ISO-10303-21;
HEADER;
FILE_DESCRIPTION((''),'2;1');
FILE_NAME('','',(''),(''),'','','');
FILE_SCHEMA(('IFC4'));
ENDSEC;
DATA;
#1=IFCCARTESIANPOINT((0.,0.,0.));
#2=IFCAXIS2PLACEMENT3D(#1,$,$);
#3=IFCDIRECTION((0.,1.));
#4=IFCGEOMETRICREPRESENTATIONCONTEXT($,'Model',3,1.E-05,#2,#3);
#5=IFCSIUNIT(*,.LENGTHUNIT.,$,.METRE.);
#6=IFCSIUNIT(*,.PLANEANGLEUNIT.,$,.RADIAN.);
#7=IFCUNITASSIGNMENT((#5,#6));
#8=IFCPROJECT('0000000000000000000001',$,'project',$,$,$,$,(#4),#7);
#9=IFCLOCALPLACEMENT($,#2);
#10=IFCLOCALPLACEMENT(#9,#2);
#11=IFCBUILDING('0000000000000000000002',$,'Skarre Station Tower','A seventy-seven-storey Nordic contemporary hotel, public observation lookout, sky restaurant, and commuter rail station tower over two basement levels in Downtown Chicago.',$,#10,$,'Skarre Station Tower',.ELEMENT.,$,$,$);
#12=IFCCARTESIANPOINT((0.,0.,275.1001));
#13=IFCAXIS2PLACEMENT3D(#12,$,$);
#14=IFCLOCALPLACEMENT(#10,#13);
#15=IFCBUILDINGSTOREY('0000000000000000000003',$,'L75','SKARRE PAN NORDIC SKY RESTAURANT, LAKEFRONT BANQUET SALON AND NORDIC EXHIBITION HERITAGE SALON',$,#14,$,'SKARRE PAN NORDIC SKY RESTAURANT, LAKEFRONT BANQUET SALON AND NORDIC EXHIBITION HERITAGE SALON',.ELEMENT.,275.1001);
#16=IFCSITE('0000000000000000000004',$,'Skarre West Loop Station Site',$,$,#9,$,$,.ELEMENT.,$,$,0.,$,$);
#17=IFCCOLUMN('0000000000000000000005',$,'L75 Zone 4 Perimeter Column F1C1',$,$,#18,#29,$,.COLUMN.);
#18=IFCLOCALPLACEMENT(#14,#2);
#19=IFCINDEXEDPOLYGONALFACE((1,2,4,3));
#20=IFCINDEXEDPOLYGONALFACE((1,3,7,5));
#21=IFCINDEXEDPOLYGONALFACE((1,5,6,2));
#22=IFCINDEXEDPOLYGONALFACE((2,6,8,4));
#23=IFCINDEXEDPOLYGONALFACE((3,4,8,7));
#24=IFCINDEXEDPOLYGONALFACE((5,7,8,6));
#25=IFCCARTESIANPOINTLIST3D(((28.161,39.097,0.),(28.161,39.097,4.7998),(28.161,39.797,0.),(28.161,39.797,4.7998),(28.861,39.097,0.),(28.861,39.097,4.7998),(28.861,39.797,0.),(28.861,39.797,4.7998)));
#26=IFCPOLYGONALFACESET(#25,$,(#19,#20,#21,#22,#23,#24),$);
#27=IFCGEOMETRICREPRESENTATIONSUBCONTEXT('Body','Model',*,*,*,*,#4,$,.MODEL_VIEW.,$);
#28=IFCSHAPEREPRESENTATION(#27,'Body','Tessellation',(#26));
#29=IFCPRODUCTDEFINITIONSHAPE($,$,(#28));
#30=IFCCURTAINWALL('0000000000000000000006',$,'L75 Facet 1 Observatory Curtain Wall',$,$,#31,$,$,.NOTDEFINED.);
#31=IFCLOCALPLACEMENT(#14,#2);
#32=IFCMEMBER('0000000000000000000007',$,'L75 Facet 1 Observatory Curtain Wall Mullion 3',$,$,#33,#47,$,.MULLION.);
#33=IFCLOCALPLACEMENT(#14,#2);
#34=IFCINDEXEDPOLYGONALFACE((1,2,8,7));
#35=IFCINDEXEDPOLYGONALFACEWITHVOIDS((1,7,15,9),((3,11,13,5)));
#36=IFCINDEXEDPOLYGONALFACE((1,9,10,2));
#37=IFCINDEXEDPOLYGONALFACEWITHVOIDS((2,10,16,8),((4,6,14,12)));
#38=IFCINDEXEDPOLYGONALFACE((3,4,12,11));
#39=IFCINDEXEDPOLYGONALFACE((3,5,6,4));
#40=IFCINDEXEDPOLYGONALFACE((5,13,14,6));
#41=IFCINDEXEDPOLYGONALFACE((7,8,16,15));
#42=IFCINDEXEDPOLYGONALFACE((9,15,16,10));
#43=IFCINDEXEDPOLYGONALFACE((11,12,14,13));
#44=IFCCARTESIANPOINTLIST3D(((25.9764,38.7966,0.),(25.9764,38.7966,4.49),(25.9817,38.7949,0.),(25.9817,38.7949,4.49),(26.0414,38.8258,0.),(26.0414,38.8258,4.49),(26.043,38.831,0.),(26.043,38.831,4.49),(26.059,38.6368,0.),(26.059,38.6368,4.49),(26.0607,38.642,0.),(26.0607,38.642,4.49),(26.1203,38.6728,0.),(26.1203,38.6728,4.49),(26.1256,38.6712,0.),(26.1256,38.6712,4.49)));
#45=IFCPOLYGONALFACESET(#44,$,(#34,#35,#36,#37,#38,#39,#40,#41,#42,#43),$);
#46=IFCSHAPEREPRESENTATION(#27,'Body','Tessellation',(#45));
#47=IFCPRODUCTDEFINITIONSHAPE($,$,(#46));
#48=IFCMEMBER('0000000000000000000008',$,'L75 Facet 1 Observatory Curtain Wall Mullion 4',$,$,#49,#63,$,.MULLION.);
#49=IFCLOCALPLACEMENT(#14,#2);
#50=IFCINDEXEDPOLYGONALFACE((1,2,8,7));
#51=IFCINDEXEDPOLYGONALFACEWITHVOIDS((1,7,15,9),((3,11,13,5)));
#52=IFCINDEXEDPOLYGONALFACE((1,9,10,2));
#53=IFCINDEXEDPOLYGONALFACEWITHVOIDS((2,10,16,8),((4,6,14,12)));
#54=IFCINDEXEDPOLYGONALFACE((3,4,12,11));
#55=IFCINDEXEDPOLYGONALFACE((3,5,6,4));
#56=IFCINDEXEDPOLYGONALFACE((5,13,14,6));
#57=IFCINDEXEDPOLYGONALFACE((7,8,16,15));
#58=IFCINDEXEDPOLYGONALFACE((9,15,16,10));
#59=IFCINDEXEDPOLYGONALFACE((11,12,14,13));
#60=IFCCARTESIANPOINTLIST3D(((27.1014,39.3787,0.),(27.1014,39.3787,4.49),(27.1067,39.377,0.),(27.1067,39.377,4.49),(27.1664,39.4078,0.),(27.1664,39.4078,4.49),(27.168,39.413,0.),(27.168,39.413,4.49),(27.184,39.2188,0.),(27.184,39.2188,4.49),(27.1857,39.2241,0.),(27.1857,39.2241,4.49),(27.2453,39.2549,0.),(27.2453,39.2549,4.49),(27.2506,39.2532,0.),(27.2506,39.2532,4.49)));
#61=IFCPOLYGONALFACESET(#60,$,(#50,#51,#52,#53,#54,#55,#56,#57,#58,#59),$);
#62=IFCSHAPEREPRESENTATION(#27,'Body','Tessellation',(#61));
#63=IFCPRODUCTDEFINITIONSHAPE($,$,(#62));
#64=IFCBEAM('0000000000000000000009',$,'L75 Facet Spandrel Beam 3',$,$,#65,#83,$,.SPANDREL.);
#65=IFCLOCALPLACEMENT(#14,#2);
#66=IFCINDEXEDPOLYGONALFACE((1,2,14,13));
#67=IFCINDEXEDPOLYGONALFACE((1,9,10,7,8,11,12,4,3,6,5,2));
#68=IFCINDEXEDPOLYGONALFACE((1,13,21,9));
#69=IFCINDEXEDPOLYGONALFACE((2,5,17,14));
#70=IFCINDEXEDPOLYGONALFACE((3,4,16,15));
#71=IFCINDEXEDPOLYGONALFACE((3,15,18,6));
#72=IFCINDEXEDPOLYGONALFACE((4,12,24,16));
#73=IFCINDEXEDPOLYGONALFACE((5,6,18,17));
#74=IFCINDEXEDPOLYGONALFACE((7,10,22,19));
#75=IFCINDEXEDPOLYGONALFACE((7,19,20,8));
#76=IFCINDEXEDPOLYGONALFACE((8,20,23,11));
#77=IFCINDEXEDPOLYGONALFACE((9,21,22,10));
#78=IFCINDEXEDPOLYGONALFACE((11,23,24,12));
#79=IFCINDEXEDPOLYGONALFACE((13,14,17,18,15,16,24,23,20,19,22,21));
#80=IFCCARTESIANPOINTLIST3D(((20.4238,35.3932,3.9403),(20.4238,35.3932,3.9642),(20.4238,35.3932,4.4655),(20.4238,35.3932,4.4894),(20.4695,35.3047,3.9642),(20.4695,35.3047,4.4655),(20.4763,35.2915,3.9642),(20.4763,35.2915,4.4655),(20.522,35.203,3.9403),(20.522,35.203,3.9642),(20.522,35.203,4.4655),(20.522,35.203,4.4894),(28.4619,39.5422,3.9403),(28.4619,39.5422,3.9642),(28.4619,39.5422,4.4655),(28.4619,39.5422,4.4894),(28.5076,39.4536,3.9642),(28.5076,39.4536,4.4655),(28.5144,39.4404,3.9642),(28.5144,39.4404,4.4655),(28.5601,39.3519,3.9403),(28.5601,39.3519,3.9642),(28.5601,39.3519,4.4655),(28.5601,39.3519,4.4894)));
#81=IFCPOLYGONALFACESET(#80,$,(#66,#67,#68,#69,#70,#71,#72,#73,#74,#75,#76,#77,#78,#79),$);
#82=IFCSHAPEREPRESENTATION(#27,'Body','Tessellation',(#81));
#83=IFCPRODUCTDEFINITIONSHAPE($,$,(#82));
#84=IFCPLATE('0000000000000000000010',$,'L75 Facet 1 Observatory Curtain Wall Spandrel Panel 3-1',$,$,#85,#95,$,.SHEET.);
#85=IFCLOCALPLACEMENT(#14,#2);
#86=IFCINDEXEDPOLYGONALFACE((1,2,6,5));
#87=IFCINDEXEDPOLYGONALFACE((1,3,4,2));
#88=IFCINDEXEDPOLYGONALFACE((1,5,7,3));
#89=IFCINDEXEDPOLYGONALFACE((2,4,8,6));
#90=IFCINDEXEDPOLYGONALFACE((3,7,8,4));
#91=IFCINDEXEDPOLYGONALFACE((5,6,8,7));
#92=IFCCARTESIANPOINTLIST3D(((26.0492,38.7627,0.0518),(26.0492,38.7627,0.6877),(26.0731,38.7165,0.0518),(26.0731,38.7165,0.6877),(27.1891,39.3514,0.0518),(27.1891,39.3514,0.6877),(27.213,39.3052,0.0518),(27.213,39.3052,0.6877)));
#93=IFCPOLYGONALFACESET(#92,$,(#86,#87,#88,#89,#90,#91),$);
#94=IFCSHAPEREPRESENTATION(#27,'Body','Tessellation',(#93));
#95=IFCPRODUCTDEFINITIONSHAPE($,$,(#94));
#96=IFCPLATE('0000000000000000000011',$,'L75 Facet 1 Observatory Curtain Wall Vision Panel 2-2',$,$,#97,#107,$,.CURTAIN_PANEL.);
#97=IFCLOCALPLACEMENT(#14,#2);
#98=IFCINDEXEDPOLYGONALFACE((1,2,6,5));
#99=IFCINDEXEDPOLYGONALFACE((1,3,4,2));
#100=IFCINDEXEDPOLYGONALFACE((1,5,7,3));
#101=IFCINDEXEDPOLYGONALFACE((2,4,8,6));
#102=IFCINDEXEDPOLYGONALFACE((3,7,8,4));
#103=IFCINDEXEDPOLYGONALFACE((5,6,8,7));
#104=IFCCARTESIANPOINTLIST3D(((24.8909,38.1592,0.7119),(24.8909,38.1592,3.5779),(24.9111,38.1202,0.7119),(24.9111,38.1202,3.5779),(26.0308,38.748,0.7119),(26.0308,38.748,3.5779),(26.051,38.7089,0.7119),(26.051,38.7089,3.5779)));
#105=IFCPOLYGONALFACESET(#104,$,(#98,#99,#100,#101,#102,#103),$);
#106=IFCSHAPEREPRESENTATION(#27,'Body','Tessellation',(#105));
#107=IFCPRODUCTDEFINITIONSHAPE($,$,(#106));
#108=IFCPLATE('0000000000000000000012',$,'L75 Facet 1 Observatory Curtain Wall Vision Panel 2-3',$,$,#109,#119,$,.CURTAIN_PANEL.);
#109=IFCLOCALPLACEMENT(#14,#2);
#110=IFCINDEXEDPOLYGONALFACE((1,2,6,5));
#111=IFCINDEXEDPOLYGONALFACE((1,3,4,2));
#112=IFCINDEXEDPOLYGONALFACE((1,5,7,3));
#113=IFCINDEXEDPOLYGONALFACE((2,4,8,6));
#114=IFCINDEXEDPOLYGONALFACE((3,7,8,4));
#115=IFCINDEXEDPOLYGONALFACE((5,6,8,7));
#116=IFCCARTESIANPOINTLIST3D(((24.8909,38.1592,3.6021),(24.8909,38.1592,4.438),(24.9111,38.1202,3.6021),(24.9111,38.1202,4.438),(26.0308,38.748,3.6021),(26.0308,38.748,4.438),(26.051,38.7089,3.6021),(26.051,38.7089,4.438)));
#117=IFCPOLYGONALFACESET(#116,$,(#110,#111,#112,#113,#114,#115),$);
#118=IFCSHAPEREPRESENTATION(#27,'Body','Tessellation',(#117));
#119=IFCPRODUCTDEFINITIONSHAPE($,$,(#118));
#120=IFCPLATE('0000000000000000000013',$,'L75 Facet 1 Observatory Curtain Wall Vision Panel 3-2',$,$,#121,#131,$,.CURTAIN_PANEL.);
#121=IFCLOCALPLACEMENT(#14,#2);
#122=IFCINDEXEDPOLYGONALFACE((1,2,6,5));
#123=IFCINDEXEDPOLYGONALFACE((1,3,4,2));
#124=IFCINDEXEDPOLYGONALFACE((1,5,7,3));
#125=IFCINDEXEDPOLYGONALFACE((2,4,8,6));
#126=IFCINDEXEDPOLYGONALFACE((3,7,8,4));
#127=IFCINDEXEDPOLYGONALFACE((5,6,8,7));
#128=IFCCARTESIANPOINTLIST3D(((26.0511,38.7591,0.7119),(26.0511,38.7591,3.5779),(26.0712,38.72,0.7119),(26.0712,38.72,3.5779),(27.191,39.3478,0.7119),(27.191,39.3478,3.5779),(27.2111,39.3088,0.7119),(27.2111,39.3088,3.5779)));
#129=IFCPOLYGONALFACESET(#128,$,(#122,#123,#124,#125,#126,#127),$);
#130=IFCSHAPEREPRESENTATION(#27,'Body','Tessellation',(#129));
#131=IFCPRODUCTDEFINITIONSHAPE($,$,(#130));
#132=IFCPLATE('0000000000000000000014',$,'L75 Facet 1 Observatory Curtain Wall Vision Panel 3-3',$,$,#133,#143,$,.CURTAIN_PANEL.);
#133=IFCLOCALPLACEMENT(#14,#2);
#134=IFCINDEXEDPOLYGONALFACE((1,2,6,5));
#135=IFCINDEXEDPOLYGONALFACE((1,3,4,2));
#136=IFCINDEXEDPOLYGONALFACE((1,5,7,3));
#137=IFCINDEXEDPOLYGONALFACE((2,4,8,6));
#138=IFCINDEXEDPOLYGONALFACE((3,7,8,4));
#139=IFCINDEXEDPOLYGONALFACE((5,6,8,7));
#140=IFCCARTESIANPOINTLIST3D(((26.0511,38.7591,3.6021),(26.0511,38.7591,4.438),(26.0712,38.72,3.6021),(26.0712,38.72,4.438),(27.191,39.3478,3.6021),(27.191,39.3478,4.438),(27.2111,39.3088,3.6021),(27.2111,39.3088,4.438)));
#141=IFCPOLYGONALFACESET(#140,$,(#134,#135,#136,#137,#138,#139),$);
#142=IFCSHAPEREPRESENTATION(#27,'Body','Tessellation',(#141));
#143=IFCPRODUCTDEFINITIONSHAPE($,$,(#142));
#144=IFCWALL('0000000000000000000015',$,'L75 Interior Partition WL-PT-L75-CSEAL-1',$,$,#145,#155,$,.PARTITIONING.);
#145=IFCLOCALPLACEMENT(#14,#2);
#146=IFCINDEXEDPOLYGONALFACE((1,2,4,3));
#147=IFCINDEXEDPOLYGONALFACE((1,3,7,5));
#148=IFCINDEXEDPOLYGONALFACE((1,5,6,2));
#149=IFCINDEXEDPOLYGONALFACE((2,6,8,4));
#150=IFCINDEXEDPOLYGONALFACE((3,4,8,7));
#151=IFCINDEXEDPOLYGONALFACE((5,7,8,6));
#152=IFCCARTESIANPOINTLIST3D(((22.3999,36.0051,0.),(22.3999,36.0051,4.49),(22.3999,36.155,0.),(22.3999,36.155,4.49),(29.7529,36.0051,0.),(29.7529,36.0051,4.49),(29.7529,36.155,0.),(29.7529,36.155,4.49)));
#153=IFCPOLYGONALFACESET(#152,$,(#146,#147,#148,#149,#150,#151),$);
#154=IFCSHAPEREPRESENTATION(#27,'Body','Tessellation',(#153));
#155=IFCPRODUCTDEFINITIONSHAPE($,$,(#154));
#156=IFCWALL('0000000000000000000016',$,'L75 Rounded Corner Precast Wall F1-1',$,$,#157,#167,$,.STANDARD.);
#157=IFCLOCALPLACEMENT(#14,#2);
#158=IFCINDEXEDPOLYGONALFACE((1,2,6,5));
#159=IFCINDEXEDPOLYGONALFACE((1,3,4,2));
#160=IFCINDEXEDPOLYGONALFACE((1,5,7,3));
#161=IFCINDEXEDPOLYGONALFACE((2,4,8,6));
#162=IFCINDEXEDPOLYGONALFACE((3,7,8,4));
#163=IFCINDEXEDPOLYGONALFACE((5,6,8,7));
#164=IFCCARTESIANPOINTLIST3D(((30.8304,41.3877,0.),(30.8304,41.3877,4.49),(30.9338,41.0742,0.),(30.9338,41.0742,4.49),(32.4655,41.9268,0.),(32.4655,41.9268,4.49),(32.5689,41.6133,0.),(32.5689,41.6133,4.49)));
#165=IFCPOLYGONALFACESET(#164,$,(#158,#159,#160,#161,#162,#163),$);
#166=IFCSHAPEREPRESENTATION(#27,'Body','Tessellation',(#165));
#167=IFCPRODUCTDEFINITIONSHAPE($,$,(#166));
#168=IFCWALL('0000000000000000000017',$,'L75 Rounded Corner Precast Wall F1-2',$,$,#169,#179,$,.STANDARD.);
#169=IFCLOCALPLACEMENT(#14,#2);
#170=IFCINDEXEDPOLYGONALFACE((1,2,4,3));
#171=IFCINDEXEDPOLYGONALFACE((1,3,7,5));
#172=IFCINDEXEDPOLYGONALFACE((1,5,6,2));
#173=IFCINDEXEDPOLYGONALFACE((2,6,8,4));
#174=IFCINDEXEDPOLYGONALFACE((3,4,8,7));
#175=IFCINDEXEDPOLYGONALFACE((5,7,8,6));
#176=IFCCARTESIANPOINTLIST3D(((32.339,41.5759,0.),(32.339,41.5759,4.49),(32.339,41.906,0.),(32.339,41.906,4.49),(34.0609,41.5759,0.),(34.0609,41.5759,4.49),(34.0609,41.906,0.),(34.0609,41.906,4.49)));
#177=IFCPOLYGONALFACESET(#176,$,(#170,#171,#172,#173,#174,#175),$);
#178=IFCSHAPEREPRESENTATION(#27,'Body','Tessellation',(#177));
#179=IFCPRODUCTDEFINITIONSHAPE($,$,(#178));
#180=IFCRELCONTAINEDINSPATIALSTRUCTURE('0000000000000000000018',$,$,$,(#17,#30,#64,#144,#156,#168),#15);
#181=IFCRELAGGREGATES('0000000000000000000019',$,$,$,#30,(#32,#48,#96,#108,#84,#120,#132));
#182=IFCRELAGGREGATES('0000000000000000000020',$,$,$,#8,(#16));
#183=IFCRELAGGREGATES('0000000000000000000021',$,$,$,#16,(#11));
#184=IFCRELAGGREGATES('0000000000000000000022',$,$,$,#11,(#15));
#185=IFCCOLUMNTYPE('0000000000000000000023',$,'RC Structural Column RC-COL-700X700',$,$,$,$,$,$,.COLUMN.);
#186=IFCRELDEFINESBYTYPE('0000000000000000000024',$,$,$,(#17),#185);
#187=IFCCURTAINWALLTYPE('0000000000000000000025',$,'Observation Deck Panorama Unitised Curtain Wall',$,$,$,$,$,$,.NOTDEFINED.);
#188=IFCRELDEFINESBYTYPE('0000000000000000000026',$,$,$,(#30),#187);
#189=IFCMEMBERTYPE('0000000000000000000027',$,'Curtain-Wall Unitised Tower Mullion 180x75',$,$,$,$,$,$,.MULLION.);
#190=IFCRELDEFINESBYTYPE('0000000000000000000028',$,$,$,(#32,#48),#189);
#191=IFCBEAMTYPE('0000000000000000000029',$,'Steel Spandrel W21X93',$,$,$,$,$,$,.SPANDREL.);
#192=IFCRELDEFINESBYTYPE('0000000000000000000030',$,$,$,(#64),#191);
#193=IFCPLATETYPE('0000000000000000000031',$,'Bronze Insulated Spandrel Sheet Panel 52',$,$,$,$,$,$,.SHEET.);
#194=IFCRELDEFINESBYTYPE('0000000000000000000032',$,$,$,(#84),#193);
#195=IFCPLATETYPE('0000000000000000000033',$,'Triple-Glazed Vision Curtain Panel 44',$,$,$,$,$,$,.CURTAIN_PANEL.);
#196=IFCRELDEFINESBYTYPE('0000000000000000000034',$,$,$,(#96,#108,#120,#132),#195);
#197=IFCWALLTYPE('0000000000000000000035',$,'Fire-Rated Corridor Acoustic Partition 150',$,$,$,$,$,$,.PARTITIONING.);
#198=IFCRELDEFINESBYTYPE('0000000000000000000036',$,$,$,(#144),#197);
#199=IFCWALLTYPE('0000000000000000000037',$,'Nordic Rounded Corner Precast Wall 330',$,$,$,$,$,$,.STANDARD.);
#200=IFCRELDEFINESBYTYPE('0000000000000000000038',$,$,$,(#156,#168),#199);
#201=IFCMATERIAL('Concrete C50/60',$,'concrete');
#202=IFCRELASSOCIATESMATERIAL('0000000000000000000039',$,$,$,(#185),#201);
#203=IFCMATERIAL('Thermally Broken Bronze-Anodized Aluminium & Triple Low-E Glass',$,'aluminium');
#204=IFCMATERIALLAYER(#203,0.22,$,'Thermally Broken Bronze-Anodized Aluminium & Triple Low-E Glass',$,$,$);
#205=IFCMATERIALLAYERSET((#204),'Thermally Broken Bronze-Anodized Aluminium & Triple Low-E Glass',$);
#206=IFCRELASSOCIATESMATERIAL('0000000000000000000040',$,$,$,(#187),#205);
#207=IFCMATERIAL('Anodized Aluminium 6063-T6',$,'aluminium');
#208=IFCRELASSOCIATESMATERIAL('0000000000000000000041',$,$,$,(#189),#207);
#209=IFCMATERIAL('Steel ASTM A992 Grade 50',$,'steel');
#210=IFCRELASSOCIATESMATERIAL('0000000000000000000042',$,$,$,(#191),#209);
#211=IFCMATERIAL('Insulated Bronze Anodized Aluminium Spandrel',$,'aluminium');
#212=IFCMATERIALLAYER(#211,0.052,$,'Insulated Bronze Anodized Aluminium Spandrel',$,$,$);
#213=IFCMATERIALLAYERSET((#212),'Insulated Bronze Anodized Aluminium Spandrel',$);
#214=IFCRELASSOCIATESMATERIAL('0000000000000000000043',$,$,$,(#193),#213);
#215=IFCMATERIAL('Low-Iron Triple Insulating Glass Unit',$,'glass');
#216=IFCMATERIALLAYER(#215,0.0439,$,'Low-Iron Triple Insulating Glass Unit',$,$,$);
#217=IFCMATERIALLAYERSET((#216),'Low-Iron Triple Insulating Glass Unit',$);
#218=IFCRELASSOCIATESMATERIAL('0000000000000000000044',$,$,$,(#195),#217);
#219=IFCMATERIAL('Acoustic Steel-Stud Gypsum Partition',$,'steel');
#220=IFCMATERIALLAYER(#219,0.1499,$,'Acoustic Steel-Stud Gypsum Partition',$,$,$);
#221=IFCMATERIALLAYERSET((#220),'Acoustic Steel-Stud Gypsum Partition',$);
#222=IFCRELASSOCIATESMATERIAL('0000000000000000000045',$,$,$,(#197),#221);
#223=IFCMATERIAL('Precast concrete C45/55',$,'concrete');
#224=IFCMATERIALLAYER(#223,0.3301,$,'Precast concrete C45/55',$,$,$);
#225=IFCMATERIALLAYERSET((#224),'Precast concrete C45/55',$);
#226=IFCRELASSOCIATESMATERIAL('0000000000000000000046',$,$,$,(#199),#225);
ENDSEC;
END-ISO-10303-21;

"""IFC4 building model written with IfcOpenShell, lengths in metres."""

from ifc_helpers import new_model, si_unit, direction, frame, frame_2d, origin, origin_2d, place, context, subcontext, project, spatial, rectangle, hollow_rectangle, i_section, extrude, material, layer, layer_set, material_profile, profile_set, type_object, element, aggregate, save


model = new_model("IFC4")

# Units and contexts
model_context = context("Model", 3, precision=1e-05, world=origin(), true_north=direction((0.0, 1.0)))
body_context = subcontext(model_context, "Body", "Model", "MODEL_VIEW")
ifc_project = project(units=[si_unit("LENGTHUNIT", "METRE"), si_unit("PLANEANGLEUNIT", "RADIAN")], contexts=[model_context])

# Site, building, storey
site_placement = place(None, origin())
site = spatial("IfcSite", under=ifc_project, at=site_placement, Name="Skarre West Loop Station Site", CompositionType="ELEMENT", RefElevation=0.0)
building_placement = place(site_placement, origin())
building = spatial("IfcBuilding", under=site, at=building_placement, Name="Skarre Station Tower", Description="A seventy-seven-storey Nordic contemporary hotel, public observation lookout, sky restaurant, and commuter rail station tower over two basement levels in Downtown Chicago.", LongName="Skarre Station Tower", CompositionType="ELEMENT")
storey_placement = place(building_placement, frame((0.0, 0.0, 275.1001)))
storey = spatial("IfcBuildingStorey", under=building, at=storey_placement, Name="L75", Description="SKARRE PAN NORDIC SKY RESTAURANT, LAKEFRONT BANQUET SALON AND NORDIC EXHIBITION HERITAGE SALON", LongName="SKARRE PAN NORDIC SKY RESTAURANT, LAKEFRONT BANQUET SALON AND NORDIC EXHIBITION HERITAGE SALON", CompositionType="ELEMENT", Elevation=275.1001)

# Column
ifc_material_1 = material(Name="Concrete C50/60", Category="concrete")
ifc_material_profile_1 = material_profile(ifc_material_1, rectangle(XDim=0.7, YDim=0.7, at=origin_2d()), Name="Concrete C50/60")
ifc_profile_set_1 = profile_set([ifc_material_profile_1], Name="Concrete C50/60")
column_type = type_object("IfcColumnType", Name="RC Structural Column RC-COL-700X700", PredefinedType="COLUMN", material=ifc_profile_set_1)
column_placement = place(storey_placement, frame((28.511, 39.447, 0.0), z_axis=(0.0, 0.0, 1.0), x_axis=(1.0, 0.0, 0.0)))
element("IfcColumn", 1, at=column_placement, inside=storey, type_object=column_type, Name="L75 Zone 4 Perimeter Column F1C1", PredefinedType="COLUMN", context=body_context, shape_type="SweptSolid", body=[
    extrude(rectangle(XDim=0.7, YDim=0.7, at=origin_2d()), origin(), (0.0, 0.0, 1.0), 4.7998),
])

# Curtain wall, members
ifc_material_2 = material(Name="Thermally Broken Bronze-Anodized Aluminium & Triple Low-E Glass", Category="aluminium")
ifc_layer_1 = layer(ifc_material_2, 0.22, Name="Thermally Broken Bronze-Anodized Aluminium & Triple Low-E Glass")
ifc_layer_set_1 = layer_set([ifc_layer_1], Name="Thermally Broken Bronze-Anodized Aluminium & Triple Low-E Glass")
curtain_wall_type = type_object("IfcCurtainWallType", Name="Observation Deck Panorama Unitised Curtain Wall", PredefinedType="NOTDEFINED", material=ifc_layer_set_1)
curtain_wall_placement = place(storey_placement, origin())
curtain_wall = element("IfcCurtainWall", 2, at=curtain_wall_placement, inside=storey, type_object=curtain_wall_type, Name="L75 Facet 1 Observatory Curtain Wall", PredefinedType="NOTDEFINED")
ifc_material_3 = material(Name="Anodized Aluminium 6063-T6", Category="aluminium")
ifc_material_profile_2 = material_profile(ifc_material_3, hollow_rectangle(XDim=0.075, YDim=0.1799, WallThickness=0.0039, at=origin_2d()), Name="Anodized Aluminium 6063-T6")
ifc_profile_set_2 = profile_set([ifc_material_profile_2], Name="Anodized Aluminium 6063-T6")
member_type = type_object("IfcMemberType", Name="Curtain-Wall Unitised Tower Mullion 180x75", PredefinedType="MULLION", material=ifc_profile_set_2)
member_1_placement = place(storey_placement, frame((26.051, 38.7339, 0.0), z_axis=(0.0, 0.0, 1.0), x_axis=(0.888481, 0.458913, 0.0)))
member_1 = element("IfcMember", 3, at=member_1_placement, type_object=member_type, Name="L75 Facet 1 Observatory Curtain Wall Mullion 3", PredefinedType="MULLION", context=body_context, shape_type="SweptSolid", body=[
    extrude(hollow_rectangle(XDim=0.075, YDim=0.1799, WallThickness=0.0039, at=origin_2d()), origin(), (0.0, 0.0, 1.0), 4.49),
])
member_2_placement = place(storey_placement, frame((27.176, 39.3159, 0.0), z_axis=(0.0, 0.0, 1.0), x_axis=(0.888481, 0.458913, 0.0)))
member_2 = element("IfcMember", 4, at=member_2_placement, type_object=member_type, Name="L75 Facet 1 Observatory Curtain Wall Mullion 4", PredefinedType="MULLION", context=body_context, shape_type="SweptSolid", body=[
    extrude(hollow_rectangle(XDim=0.075, YDim=0.1799, WallThickness=0.0039, at=origin_2d()), origin(), (0.0, 0.0, 1.0), 4.49),
])

# Beam
ifc_material_4 = material(Name="Steel ASTM A992 Grade 50", Category="steel")
ifc_material_profile_3 = material_profile(ifc_material_4, i_section(OverallWidth=0.2141, OverallDepth=0.5491, WebThickness=0.0149, FlangeThickness=0.0239, at=origin_2d()), Name="Steel ASTM A992 Grade 50")
ifc_profile_set_3 = profile_set([ifc_material_profile_3], Name="Steel ASTM A992 Grade 50")
beam_type = type_object("IfcBeamType", Name="Steel Spandrel W21X93", PredefinedType="SPANDREL", material=ifc_profile_set_3)
beam_placement = place(storey_placement, frame((28.511, 39.447, 4.2148), z_axis=(-0.88861, -0.458664, 0.0), x_axis=(0.458664, -0.88861, 0.0)))
element("IfcBeam", 5, at=beam_placement, inside=storey, type_object=beam_type, Name="L75 Facet Spandrel Beam 3", PredefinedType="SPANDREL", context=body_context, shape_type="SweptSolid", body=[
    extrude(i_section(OverallWidth=0.2141, OverallDepth=0.5491, WebThickness=0.0149, FlangeThickness=0.0239, at=origin_2d()), origin(), (0.0, 0.0, 1.0), 9.0457),
])

# Plates
ifc_material_5 = material(Name="Insulated Bronze Anodized Aluminium Spandrel", Category="aluminium")
ifc_layer_2 = layer(ifc_material_5, 0.052, Name="Insulated Bronze Anodized Aluminium Spandrel")
ifc_layer_set_2 = layer_set([ifc_layer_2], Name="Insulated Bronze Anodized Aluminium Spandrel")
plate_type_1 = type_object("IfcPlateType", Name="Bronze Insulated Spandrel Sheet Panel 52", PredefinedType="SHEET", material=ifc_layer_set_2)
plate_1_placement = place(storey_placement, frame((26.6311, 39.0339, 0.0518), z_axis=(0.0, 0.0, 1.0), x_axis=(0.888481, 0.458913, 0.0)))
plate_1 = element("IfcPlate", 6, at=plate_1_placement, type_object=plate_type_1, Name="L75 Facet 1 Observatory Curtain Wall Spandrel Panel 3-1", PredefinedType="SHEET", context=body_context, shape_type="SweptSolid", body=[
    extrude(rectangle(XDim=1.283, YDim=0.052, at=origin_2d()), origin(), (0.0, 0.0, 1.0), 0.636),
])
ifc_material_6 = material(Name="Low-Iron Triple Insulating Glass Unit", Category="glass")
ifc_layer_3 = layer(ifc_material_6, 0.0439, Name="Low-Iron Triple Insulating Glass Unit")
ifc_layer_set_3 = layer_set([ifc_layer_3], Name="Low-Iron Triple Insulating Glass Unit")
plate_type_2 = type_object("IfcPlateType", Name="Triple-Glazed Vision Curtain Panel 44", PredefinedType="CURTAIN_PANEL", material=ifc_layer_set_3)
plate_2_placement = place(storey_placement, frame((25.4709, 38.4341, 0.7119), z_axis=(0.0, 0.0, 1.0), x_axis=(0.888481, 0.458913, 0.0)))
plate_2 = element("IfcPlate", 7, at=plate_2_placement, type_object=plate_type_2, Name="L75 Facet 1 Observatory Curtain Wall Vision Panel 2-2", PredefinedType="CURTAIN_PANEL", context=body_context, shape_type="SweptSolid", body=[
    extrude(rectangle(XDim=1.283, YDim=0.0439, at=origin_2d()), origin(), (0.0, 0.0, 1.0), 2.866),
])
plate_3_placement = place(storey_placement, frame((25.4709, 38.4341, 3.6021), z_axis=(0.0, 0.0, 1.0), x_axis=(0.888481, 0.458913, 0.0)))
plate_3 = element("IfcPlate", 8, at=plate_3_placement, type_object=plate_type_2, Name="L75 Facet 1 Observatory Curtain Wall Vision Panel 2-3", PredefinedType="CURTAIN_PANEL", context=body_context, shape_type="SweptSolid", body=[
    extrude(rectangle(XDim=1.283, YDim=0.0439, at=origin_2d()), origin(), (0.0, 0.0, 1.0), 0.8359),
])
plate_4_placement = place(storey_placement, frame((26.6311, 39.0339, 0.7119), z_axis=(0.0, 0.0, 1.0), x_axis=(0.888481, 0.458913, 0.0)))
plate_4 = element("IfcPlate", 9, at=plate_4_placement, type_object=plate_type_2, Name="L75 Facet 1 Observatory Curtain Wall Vision Panel 3-2", PredefinedType="CURTAIN_PANEL", context=body_context, shape_type="SweptSolid", body=[
    extrude(rectangle(XDim=1.283, YDim=0.0439, at=origin_2d()), origin(), (0.0, 0.0, 1.0), 2.866),
])
plate_5_placement = place(storey_placement, frame((26.6311, 39.0339, 3.6021), z_axis=(0.0, 0.0, 1.0), x_axis=(0.888481, 0.458913, 0.0)))
plate_5 = element("IfcPlate", 10, at=plate_5_placement, type_object=plate_type_2, Name="L75 Facet 1 Observatory Curtain Wall Vision Panel 3-3", PredefinedType="CURTAIN_PANEL", context=body_context, shape_type="SweptSolid", body=[
    extrude(rectangle(XDim=1.283, YDim=0.0439, at=origin_2d()), origin(), (0.0, 0.0, 1.0), 0.8359),
])
aggregate(curtain_wall, [member_1, member_2, plate_2, plate_3, plate_1, plate_4, plate_5])

# Walls
ifc_material_7 = material(Name="Acoustic Steel-Stud Gypsum Partition", Category="steel")
ifc_layer_4 = layer(ifc_material_7, 0.1499, Name="Acoustic Steel-Stud Gypsum Partition")
ifc_layer_set_4 = layer_set([ifc_layer_4], Name="Acoustic Steel-Stud Gypsum Partition")
wall_type_1 = type_object("IfcWallType", Name="Fire-Rated Corridor Acoustic Partition 150", PredefinedType="PARTITIONING", material=ifc_layer_set_4)
wall_1_placement = place(storey_placement, frame((29.7529, 36.0801, 0.0), z_axis=(0.0, 0.0, 1.0), x_axis=(-1.0, 0.0, 0.0)))
element("IfcWall", 11, at=wall_1_placement, inside=storey, type_object=wall_type_1, Name="L75 Interior Partition WL-PT-L75-CSEAL-1", PredefinedType="PARTITIONING", context=body_context, shape_type="SweptSolid", body=[
    extrude(rectangle(XDim=7.353, YDim=0.1499, at=frame_2d((3.6765, 0.0))), origin(), (0.0, 0.0, 1.0), 4.49),
])
ifc_material_8 = material(Name="Precast concrete C45/55", Category="concrete")
ifc_layer_5 = layer(ifc_material_8, 0.3301, Name="Precast concrete C45/55")
ifc_layer_set_5 = layer_set([ifc_layer_5], Name="Precast concrete C45/55")
wall_type_2 = type_object("IfcWallType", Name="Nordic Rounded Corner Precast Wall 330", PredefinedType="STANDARD", material=ifc_layer_set_5)
wall_2_placement = place(storey_placement, frame((30.8821, 41.231, 0.0), z_axis=(0.0, 0.0, 1.0), x_axis=(0.949713, 0.31312, 0.0)))
element("IfcWall", 12, at=wall_2_placement, inside=storey, type_object=wall_type_2, Name="L75 Rounded Corner Precast Wall F1-1", PredefinedType="STANDARD", context=body_context, shape_type="SweptSolid", body=[
    extrude(rectangle(XDim=1.7217, YDim=0.3301, at=frame_2d((0.8608, 0.0))), origin(), (0.0, 0.0, 1.0), 4.49),
])
wall_3_placement = place(storey_placement, frame((32.3391, 41.741, 0.0), z_axis=(0.0, 0.0, 1.0), x_axis=(1.0, 0.0, 0.0)))
element("IfcWall", 13, at=wall_3_placement, inside=storey, type_object=wall_type_2, Name="L75 Rounded Corner Precast Wall F1-2", PredefinedType="STANDARD", context=body_context, shape_type="SweptSolid", body=[
    extrude(rectangle(XDim=1.7219, YDim=0.3301, at=frame_2d((0.8608, 0.0))), origin(), (0.0, 0.0, 1.0), 4.49),
])

save(model, "model.ifc")
